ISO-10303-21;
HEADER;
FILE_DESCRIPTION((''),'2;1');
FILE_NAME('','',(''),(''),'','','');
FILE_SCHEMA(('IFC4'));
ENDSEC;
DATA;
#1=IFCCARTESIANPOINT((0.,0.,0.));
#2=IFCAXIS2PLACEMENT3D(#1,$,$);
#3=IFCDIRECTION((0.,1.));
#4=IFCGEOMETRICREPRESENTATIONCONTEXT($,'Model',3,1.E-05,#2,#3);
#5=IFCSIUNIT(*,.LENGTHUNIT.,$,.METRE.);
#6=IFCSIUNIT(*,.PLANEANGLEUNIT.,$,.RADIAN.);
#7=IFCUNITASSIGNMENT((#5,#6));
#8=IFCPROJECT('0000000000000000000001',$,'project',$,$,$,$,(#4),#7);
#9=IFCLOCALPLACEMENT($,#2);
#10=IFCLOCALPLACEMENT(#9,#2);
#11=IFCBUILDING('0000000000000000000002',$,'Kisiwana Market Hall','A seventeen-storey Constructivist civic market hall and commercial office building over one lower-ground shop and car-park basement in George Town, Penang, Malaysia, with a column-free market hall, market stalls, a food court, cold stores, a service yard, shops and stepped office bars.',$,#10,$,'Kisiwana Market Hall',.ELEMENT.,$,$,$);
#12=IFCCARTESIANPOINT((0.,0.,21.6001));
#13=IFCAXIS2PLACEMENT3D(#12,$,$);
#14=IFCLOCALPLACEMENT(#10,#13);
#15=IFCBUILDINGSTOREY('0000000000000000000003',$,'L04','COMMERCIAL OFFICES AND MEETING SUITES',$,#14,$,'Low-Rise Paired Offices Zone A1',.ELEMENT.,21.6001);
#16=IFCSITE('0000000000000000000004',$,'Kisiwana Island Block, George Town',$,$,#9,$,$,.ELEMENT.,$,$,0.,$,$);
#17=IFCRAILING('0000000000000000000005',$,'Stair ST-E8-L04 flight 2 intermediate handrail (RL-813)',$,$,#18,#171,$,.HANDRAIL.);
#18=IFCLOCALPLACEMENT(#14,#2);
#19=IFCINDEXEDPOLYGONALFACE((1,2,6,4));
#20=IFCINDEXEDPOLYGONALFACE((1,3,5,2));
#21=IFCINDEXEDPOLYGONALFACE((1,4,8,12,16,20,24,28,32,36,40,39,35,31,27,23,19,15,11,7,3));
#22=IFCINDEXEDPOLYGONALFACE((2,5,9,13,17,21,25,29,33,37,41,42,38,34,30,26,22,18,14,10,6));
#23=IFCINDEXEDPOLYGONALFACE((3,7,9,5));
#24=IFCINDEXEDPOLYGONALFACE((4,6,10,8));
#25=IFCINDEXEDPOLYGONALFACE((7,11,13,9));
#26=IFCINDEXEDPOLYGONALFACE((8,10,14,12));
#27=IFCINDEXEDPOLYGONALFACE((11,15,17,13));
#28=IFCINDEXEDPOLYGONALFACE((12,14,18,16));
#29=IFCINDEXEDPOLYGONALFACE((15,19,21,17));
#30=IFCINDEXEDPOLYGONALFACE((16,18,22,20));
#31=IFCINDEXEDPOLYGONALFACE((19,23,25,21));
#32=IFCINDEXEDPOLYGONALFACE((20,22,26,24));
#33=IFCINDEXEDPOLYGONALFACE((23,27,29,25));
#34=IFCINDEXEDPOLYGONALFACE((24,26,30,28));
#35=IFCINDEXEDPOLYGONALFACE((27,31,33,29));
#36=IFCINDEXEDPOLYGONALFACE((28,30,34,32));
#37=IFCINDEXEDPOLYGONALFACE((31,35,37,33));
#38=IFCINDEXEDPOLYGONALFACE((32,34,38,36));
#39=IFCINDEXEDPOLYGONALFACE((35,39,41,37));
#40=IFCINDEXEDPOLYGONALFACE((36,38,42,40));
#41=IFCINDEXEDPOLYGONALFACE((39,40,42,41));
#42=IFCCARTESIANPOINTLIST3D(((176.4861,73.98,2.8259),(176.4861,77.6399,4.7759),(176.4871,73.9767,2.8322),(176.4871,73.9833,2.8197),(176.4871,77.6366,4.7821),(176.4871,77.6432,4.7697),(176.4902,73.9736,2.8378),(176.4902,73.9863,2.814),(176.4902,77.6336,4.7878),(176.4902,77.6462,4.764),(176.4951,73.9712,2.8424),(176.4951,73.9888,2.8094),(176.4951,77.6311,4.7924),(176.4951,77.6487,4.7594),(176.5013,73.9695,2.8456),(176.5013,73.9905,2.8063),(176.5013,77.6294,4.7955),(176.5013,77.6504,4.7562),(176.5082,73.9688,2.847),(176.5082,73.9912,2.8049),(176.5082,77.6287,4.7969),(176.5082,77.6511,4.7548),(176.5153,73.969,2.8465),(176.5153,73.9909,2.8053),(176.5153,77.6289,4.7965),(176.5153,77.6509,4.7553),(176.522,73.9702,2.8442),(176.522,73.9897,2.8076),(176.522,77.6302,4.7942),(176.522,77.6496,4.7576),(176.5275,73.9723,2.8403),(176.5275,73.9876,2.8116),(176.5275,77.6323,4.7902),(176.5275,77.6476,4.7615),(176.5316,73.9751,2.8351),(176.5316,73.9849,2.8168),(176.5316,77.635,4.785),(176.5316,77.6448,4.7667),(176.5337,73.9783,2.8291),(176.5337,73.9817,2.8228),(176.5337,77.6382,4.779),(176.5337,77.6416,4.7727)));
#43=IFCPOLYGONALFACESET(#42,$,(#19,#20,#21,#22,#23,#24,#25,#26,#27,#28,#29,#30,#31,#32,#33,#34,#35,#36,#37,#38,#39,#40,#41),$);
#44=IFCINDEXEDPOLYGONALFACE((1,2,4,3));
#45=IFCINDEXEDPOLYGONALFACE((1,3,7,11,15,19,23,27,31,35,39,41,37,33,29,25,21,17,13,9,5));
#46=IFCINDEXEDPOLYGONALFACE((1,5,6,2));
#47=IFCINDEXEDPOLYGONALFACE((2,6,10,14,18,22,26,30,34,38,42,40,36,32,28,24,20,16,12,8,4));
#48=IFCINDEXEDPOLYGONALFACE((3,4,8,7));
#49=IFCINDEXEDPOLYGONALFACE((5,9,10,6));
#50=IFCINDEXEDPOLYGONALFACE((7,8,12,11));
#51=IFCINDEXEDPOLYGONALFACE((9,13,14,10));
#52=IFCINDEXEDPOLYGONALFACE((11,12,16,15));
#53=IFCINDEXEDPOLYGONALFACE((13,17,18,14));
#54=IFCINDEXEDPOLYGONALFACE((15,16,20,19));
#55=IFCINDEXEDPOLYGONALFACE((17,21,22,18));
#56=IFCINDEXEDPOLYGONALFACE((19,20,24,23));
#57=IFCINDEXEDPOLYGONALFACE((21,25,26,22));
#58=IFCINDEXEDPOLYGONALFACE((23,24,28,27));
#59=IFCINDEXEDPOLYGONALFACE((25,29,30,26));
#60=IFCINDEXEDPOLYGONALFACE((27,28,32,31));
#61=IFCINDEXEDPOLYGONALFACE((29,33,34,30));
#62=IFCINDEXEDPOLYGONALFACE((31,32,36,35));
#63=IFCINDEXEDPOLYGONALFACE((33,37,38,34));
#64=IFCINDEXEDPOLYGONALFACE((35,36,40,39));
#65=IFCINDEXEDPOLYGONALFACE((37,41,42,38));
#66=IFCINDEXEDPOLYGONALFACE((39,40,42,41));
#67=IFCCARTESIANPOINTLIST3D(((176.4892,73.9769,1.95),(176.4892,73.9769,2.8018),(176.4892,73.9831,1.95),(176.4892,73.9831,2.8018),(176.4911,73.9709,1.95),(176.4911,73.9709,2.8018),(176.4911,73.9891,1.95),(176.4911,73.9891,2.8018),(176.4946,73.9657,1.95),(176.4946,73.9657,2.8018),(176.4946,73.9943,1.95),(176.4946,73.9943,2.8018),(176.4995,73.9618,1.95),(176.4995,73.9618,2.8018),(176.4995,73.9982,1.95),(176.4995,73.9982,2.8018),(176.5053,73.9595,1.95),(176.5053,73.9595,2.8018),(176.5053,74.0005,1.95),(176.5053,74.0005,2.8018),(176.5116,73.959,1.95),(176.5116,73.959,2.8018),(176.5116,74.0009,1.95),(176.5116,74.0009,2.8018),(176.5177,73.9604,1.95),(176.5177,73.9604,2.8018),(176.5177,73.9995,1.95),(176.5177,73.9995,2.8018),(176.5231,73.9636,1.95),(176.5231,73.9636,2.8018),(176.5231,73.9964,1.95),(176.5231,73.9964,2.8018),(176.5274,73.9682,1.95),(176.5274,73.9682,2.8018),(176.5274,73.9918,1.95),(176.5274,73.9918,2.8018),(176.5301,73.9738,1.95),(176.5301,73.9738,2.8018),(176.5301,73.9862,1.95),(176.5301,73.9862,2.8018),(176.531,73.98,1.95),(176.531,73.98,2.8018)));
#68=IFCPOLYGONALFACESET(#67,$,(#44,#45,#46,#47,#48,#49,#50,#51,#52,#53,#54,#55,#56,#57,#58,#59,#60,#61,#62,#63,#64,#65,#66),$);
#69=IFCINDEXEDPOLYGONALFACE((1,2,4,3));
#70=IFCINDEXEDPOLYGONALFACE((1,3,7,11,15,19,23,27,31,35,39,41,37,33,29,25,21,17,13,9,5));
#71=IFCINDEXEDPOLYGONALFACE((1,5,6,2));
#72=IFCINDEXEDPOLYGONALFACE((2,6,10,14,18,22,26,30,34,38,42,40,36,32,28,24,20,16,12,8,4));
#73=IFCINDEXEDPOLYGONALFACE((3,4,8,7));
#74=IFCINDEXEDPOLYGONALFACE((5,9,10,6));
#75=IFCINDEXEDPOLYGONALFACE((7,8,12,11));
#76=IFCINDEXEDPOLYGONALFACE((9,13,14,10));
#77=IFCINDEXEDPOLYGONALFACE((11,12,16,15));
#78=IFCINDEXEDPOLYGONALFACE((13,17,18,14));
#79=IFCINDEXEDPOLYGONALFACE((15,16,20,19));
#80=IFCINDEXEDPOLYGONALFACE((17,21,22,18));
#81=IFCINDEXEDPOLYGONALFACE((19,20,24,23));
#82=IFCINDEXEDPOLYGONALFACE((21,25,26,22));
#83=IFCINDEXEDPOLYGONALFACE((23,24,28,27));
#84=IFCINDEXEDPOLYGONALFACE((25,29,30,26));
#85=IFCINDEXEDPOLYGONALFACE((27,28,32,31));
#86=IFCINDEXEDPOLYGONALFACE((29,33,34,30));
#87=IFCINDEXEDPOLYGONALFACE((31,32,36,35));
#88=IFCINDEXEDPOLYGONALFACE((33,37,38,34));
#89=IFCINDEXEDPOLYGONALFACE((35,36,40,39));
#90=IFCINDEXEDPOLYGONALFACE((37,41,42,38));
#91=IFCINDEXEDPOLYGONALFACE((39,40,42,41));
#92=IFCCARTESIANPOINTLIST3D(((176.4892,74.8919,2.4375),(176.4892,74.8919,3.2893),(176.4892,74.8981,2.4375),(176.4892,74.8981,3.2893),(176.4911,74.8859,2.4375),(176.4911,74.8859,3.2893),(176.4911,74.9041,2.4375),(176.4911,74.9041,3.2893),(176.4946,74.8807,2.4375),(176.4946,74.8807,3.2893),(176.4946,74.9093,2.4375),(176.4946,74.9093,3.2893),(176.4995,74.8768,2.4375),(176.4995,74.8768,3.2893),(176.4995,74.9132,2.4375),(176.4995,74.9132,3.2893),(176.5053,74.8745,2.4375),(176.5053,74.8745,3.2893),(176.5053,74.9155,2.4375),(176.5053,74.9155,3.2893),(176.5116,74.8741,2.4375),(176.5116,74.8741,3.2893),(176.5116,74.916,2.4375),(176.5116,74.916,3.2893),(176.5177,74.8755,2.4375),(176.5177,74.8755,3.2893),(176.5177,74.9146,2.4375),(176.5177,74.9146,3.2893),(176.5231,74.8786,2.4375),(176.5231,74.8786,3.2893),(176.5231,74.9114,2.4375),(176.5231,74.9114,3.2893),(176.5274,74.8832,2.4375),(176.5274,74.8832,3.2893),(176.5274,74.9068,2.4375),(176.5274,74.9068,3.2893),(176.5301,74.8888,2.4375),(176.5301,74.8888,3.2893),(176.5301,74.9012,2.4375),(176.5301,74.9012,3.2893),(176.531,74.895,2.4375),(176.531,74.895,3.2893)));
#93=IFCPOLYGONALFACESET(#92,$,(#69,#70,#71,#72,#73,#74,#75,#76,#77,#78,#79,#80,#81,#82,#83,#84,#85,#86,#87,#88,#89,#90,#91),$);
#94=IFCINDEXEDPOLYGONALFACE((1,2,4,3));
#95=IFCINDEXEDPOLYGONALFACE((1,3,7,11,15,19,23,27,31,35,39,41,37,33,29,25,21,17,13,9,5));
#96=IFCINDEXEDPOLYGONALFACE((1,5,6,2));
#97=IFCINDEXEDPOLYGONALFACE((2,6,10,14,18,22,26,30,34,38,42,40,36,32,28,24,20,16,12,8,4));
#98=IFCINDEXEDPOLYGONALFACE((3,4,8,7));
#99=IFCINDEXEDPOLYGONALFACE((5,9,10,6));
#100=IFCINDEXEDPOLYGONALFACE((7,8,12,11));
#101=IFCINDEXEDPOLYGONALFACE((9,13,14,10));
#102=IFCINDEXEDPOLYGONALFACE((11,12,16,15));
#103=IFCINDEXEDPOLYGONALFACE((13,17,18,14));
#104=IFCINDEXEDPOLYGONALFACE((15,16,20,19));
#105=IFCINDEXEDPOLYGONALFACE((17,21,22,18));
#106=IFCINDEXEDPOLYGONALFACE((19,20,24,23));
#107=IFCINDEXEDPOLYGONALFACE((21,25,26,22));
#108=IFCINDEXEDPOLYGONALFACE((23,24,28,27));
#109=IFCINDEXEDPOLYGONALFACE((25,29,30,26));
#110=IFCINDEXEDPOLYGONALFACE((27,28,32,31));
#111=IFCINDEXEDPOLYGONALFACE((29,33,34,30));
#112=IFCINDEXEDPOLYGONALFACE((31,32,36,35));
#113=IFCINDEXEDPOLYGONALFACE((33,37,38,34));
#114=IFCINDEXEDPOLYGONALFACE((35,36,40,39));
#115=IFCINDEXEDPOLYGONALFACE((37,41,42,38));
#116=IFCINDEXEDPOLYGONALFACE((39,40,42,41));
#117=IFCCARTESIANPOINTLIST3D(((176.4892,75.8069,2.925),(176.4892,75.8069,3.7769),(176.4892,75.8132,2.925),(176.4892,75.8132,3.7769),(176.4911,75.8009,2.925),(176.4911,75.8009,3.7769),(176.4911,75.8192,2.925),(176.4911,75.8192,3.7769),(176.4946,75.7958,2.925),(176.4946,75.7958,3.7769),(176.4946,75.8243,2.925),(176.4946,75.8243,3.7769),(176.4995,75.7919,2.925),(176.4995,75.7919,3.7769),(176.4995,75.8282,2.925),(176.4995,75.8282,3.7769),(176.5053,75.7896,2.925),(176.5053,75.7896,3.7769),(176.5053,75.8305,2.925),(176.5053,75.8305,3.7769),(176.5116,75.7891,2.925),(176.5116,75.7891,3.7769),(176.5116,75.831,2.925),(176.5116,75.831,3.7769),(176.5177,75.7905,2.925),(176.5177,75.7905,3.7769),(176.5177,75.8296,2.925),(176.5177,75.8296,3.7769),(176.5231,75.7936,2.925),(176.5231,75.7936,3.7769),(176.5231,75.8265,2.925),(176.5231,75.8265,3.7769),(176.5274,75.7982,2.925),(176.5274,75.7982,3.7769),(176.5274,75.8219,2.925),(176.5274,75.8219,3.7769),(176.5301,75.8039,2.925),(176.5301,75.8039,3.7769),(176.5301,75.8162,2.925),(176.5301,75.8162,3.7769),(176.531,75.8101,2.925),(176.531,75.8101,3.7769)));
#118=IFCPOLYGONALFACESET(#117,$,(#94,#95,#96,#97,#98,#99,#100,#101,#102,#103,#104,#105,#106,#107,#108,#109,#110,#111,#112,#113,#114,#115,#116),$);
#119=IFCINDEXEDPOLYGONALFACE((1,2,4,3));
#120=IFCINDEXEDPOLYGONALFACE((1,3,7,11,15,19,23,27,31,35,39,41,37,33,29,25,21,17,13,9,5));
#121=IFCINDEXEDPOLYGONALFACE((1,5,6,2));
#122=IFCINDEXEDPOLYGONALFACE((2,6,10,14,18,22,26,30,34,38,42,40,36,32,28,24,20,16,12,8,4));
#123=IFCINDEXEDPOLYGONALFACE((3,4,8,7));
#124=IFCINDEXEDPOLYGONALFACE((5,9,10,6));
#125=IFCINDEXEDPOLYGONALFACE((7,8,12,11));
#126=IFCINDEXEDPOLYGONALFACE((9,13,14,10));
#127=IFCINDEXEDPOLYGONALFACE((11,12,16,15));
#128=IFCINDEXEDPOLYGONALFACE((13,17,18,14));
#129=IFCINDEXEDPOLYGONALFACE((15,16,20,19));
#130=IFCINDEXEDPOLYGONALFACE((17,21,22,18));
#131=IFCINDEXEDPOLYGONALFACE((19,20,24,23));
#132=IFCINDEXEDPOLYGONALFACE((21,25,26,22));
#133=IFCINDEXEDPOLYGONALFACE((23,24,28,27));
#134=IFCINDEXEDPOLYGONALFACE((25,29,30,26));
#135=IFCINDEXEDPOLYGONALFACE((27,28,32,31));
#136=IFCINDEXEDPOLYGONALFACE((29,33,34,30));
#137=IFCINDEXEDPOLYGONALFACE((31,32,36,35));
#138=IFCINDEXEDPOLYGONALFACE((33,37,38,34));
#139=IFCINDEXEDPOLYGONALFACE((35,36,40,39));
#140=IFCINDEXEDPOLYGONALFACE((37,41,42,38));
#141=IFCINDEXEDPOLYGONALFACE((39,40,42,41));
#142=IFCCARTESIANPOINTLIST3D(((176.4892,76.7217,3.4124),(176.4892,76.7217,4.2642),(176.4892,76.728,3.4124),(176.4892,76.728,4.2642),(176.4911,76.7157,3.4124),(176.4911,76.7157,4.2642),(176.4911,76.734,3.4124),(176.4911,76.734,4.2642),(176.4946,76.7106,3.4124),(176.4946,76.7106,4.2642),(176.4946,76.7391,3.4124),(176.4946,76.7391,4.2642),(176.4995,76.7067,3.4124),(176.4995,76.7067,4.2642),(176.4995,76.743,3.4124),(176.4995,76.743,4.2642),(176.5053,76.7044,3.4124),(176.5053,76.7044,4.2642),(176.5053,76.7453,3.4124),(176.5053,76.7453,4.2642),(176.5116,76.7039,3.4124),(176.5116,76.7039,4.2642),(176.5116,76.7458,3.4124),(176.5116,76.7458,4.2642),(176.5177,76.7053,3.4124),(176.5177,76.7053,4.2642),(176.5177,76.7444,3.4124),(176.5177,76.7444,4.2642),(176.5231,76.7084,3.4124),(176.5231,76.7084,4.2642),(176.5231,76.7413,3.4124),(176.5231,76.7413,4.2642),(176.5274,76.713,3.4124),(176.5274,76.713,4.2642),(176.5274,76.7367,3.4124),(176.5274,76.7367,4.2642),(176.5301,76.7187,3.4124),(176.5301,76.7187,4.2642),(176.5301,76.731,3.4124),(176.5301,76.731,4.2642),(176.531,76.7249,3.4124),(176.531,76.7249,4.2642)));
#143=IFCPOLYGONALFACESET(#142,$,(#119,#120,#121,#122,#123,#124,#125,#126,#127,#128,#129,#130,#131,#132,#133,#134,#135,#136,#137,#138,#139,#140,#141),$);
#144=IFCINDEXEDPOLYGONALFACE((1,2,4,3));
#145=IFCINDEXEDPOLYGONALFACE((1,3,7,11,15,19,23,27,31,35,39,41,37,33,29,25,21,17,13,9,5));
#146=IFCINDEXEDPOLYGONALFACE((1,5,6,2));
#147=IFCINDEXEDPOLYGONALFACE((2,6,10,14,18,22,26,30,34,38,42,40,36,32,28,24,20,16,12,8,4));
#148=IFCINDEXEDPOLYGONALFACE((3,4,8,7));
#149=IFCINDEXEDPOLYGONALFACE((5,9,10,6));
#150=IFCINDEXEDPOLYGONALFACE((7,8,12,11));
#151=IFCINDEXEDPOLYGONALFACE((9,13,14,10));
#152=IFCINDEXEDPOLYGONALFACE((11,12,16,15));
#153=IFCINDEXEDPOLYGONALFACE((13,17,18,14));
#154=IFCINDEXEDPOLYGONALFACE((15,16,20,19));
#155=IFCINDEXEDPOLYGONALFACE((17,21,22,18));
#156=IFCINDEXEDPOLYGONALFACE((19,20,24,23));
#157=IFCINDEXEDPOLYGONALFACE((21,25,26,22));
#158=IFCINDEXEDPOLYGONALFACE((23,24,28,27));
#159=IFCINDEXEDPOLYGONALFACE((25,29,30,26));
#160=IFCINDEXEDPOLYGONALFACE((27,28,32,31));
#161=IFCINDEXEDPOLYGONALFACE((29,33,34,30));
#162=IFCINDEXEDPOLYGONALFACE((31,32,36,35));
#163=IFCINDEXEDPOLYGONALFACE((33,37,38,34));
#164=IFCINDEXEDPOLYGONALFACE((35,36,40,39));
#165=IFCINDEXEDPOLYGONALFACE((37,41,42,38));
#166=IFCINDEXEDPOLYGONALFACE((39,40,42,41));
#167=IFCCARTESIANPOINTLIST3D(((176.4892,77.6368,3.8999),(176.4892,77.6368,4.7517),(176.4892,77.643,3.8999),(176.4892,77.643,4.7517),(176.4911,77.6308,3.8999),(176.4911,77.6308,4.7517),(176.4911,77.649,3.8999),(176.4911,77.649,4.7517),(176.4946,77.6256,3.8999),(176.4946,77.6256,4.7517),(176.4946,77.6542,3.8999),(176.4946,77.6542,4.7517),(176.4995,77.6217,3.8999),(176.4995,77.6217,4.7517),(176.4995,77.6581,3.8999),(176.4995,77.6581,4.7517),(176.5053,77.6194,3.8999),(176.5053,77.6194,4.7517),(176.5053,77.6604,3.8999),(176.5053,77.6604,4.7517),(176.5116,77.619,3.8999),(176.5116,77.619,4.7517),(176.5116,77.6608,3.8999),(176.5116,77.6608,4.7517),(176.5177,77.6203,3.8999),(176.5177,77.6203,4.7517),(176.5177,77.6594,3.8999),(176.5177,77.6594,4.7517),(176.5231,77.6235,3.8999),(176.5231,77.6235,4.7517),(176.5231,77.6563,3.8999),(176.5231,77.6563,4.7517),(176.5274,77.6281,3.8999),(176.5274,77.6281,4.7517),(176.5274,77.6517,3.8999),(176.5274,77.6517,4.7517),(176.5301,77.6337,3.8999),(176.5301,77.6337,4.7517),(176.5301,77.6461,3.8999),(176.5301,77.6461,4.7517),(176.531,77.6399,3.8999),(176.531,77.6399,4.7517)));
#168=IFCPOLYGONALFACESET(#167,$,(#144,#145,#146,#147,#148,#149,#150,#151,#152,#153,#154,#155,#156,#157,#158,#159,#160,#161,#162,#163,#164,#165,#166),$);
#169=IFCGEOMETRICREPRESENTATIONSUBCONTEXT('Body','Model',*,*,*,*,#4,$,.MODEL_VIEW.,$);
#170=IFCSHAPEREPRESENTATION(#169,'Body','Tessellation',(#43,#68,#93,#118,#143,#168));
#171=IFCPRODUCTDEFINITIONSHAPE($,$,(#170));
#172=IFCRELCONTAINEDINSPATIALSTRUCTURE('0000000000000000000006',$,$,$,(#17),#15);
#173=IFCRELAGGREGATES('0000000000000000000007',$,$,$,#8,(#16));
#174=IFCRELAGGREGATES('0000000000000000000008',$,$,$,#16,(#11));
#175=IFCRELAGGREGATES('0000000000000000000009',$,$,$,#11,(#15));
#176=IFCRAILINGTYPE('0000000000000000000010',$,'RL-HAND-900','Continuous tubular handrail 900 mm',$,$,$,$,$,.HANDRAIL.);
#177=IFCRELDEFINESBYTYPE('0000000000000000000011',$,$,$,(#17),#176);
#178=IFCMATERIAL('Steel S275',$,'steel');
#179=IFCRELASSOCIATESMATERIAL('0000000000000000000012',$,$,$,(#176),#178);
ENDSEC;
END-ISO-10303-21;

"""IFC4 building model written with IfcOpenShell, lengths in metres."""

from ifc_helpers import new_model, si_unit, direction, frame, origin, origin_2d, place, context, subcontext, project, spatial, circle, extrude, material, type_object, element, save


model = new_model("IFC4")

# Units and contexts
model_context = context("Model", 3, precision=1e-05, world=origin(), true_north=direction((0.0, 1.0)))
body_context = subcontext(model_context, "Body", "Model", "MODEL_VIEW")
ifc_project = project(units=[si_unit("LENGTHUNIT", "METRE"), si_unit("PLANEANGLEUNIT", "RADIAN")], contexts=[model_context])

# Site, building, storey
site_placement = place(None, origin())
site = spatial("IfcSite", under=ifc_project, at=site_placement, Name="Kisiwana Island Block, George Town", CompositionType="ELEMENT", RefElevation=0.0)
building_placement = place(site_placement, origin())
building = spatial("IfcBuilding", under=site, at=building_placement, Name="Kisiwana Market Hall", Description="A seventeen-storey Constructivist civic market hall and commercial office building over one lower-ground shop and car-park basement in George Town, Penang, Malaysia, with a column-free market hall, market stalls, a food court, cold stores, a service yard, shops and stepped office bars.", LongName="Kisiwana Market Hall", CompositionType="ELEMENT")
storey_placement = place(building_placement, frame((0.0, 0.0, 21.6001)))
storey = spatial("IfcBuildingStorey", under=building, at=storey_placement, Name="L04", Description="COMMERCIAL OFFICES AND MEETING SUITES", LongName="Low-Rise Paired Offices Zone A1", CompositionType="ELEMENT", Elevation=21.6001)

# Railing
ifc_material_1 = material(Name="Steel S275", Category="steel")
railing_type_1 = type_object("IfcRailingType", Name="RL-HAND-900", Description="Continuous tubular handrail 900 mm", PredefinedType="HANDRAIL", material=ifc_material_1)
railing_1_placement = place(storey_placement, frame((176.51, 73.98, 1.95)))
element("IfcRailing", 1, at=railing_1_placement, inside=storey, type_object=railing_type_1, Name="Stair ST-E8-L04 flight 2 intermediate handrail (RL-813)", PredefinedType="HANDRAIL", context=body_context, shape_type="SweptSolid", body=[
    extrude(circle(Radius=0.0239, at=origin_2d()), frame((0.0, 0.0, 0.876), z_axis=(0.0, 0.882553, 0.470212), x_axis=(-1.0, 0.0, 0.0)), (0.0, 0.0, 1.0), 4.147),
    extrude(circle(Radius=0.021, at=origin_2d()), origin(), (0.0, 0.0, 1.0), 0.8518),
    extrude(circle(Radius=0.021, at=origin_2d()), frame((0.0, 0.915, 0.4875)), (0.0, 0.0, 1.0), 0.8518),
    extrude(circle(Radius=0.021, at=origin_2d()), frame((0.0, 1.8301, 0.9751)), (0.0, 0.0, 1.0), 0.8518),
    extrude(circle(Radius=0.021, at=origin_2d()), frame((0.0, 2.7449, 1.4624)), (0.0, 0.0, 1.0), 0.8518),
    extrude(circle(Radius=0.021, at=origin_2d()), frame((0.0, 3.6599, 1.95)), (0.0, 0.0, 1.0), 0.8518),
])

save(model, "model.ifc")
